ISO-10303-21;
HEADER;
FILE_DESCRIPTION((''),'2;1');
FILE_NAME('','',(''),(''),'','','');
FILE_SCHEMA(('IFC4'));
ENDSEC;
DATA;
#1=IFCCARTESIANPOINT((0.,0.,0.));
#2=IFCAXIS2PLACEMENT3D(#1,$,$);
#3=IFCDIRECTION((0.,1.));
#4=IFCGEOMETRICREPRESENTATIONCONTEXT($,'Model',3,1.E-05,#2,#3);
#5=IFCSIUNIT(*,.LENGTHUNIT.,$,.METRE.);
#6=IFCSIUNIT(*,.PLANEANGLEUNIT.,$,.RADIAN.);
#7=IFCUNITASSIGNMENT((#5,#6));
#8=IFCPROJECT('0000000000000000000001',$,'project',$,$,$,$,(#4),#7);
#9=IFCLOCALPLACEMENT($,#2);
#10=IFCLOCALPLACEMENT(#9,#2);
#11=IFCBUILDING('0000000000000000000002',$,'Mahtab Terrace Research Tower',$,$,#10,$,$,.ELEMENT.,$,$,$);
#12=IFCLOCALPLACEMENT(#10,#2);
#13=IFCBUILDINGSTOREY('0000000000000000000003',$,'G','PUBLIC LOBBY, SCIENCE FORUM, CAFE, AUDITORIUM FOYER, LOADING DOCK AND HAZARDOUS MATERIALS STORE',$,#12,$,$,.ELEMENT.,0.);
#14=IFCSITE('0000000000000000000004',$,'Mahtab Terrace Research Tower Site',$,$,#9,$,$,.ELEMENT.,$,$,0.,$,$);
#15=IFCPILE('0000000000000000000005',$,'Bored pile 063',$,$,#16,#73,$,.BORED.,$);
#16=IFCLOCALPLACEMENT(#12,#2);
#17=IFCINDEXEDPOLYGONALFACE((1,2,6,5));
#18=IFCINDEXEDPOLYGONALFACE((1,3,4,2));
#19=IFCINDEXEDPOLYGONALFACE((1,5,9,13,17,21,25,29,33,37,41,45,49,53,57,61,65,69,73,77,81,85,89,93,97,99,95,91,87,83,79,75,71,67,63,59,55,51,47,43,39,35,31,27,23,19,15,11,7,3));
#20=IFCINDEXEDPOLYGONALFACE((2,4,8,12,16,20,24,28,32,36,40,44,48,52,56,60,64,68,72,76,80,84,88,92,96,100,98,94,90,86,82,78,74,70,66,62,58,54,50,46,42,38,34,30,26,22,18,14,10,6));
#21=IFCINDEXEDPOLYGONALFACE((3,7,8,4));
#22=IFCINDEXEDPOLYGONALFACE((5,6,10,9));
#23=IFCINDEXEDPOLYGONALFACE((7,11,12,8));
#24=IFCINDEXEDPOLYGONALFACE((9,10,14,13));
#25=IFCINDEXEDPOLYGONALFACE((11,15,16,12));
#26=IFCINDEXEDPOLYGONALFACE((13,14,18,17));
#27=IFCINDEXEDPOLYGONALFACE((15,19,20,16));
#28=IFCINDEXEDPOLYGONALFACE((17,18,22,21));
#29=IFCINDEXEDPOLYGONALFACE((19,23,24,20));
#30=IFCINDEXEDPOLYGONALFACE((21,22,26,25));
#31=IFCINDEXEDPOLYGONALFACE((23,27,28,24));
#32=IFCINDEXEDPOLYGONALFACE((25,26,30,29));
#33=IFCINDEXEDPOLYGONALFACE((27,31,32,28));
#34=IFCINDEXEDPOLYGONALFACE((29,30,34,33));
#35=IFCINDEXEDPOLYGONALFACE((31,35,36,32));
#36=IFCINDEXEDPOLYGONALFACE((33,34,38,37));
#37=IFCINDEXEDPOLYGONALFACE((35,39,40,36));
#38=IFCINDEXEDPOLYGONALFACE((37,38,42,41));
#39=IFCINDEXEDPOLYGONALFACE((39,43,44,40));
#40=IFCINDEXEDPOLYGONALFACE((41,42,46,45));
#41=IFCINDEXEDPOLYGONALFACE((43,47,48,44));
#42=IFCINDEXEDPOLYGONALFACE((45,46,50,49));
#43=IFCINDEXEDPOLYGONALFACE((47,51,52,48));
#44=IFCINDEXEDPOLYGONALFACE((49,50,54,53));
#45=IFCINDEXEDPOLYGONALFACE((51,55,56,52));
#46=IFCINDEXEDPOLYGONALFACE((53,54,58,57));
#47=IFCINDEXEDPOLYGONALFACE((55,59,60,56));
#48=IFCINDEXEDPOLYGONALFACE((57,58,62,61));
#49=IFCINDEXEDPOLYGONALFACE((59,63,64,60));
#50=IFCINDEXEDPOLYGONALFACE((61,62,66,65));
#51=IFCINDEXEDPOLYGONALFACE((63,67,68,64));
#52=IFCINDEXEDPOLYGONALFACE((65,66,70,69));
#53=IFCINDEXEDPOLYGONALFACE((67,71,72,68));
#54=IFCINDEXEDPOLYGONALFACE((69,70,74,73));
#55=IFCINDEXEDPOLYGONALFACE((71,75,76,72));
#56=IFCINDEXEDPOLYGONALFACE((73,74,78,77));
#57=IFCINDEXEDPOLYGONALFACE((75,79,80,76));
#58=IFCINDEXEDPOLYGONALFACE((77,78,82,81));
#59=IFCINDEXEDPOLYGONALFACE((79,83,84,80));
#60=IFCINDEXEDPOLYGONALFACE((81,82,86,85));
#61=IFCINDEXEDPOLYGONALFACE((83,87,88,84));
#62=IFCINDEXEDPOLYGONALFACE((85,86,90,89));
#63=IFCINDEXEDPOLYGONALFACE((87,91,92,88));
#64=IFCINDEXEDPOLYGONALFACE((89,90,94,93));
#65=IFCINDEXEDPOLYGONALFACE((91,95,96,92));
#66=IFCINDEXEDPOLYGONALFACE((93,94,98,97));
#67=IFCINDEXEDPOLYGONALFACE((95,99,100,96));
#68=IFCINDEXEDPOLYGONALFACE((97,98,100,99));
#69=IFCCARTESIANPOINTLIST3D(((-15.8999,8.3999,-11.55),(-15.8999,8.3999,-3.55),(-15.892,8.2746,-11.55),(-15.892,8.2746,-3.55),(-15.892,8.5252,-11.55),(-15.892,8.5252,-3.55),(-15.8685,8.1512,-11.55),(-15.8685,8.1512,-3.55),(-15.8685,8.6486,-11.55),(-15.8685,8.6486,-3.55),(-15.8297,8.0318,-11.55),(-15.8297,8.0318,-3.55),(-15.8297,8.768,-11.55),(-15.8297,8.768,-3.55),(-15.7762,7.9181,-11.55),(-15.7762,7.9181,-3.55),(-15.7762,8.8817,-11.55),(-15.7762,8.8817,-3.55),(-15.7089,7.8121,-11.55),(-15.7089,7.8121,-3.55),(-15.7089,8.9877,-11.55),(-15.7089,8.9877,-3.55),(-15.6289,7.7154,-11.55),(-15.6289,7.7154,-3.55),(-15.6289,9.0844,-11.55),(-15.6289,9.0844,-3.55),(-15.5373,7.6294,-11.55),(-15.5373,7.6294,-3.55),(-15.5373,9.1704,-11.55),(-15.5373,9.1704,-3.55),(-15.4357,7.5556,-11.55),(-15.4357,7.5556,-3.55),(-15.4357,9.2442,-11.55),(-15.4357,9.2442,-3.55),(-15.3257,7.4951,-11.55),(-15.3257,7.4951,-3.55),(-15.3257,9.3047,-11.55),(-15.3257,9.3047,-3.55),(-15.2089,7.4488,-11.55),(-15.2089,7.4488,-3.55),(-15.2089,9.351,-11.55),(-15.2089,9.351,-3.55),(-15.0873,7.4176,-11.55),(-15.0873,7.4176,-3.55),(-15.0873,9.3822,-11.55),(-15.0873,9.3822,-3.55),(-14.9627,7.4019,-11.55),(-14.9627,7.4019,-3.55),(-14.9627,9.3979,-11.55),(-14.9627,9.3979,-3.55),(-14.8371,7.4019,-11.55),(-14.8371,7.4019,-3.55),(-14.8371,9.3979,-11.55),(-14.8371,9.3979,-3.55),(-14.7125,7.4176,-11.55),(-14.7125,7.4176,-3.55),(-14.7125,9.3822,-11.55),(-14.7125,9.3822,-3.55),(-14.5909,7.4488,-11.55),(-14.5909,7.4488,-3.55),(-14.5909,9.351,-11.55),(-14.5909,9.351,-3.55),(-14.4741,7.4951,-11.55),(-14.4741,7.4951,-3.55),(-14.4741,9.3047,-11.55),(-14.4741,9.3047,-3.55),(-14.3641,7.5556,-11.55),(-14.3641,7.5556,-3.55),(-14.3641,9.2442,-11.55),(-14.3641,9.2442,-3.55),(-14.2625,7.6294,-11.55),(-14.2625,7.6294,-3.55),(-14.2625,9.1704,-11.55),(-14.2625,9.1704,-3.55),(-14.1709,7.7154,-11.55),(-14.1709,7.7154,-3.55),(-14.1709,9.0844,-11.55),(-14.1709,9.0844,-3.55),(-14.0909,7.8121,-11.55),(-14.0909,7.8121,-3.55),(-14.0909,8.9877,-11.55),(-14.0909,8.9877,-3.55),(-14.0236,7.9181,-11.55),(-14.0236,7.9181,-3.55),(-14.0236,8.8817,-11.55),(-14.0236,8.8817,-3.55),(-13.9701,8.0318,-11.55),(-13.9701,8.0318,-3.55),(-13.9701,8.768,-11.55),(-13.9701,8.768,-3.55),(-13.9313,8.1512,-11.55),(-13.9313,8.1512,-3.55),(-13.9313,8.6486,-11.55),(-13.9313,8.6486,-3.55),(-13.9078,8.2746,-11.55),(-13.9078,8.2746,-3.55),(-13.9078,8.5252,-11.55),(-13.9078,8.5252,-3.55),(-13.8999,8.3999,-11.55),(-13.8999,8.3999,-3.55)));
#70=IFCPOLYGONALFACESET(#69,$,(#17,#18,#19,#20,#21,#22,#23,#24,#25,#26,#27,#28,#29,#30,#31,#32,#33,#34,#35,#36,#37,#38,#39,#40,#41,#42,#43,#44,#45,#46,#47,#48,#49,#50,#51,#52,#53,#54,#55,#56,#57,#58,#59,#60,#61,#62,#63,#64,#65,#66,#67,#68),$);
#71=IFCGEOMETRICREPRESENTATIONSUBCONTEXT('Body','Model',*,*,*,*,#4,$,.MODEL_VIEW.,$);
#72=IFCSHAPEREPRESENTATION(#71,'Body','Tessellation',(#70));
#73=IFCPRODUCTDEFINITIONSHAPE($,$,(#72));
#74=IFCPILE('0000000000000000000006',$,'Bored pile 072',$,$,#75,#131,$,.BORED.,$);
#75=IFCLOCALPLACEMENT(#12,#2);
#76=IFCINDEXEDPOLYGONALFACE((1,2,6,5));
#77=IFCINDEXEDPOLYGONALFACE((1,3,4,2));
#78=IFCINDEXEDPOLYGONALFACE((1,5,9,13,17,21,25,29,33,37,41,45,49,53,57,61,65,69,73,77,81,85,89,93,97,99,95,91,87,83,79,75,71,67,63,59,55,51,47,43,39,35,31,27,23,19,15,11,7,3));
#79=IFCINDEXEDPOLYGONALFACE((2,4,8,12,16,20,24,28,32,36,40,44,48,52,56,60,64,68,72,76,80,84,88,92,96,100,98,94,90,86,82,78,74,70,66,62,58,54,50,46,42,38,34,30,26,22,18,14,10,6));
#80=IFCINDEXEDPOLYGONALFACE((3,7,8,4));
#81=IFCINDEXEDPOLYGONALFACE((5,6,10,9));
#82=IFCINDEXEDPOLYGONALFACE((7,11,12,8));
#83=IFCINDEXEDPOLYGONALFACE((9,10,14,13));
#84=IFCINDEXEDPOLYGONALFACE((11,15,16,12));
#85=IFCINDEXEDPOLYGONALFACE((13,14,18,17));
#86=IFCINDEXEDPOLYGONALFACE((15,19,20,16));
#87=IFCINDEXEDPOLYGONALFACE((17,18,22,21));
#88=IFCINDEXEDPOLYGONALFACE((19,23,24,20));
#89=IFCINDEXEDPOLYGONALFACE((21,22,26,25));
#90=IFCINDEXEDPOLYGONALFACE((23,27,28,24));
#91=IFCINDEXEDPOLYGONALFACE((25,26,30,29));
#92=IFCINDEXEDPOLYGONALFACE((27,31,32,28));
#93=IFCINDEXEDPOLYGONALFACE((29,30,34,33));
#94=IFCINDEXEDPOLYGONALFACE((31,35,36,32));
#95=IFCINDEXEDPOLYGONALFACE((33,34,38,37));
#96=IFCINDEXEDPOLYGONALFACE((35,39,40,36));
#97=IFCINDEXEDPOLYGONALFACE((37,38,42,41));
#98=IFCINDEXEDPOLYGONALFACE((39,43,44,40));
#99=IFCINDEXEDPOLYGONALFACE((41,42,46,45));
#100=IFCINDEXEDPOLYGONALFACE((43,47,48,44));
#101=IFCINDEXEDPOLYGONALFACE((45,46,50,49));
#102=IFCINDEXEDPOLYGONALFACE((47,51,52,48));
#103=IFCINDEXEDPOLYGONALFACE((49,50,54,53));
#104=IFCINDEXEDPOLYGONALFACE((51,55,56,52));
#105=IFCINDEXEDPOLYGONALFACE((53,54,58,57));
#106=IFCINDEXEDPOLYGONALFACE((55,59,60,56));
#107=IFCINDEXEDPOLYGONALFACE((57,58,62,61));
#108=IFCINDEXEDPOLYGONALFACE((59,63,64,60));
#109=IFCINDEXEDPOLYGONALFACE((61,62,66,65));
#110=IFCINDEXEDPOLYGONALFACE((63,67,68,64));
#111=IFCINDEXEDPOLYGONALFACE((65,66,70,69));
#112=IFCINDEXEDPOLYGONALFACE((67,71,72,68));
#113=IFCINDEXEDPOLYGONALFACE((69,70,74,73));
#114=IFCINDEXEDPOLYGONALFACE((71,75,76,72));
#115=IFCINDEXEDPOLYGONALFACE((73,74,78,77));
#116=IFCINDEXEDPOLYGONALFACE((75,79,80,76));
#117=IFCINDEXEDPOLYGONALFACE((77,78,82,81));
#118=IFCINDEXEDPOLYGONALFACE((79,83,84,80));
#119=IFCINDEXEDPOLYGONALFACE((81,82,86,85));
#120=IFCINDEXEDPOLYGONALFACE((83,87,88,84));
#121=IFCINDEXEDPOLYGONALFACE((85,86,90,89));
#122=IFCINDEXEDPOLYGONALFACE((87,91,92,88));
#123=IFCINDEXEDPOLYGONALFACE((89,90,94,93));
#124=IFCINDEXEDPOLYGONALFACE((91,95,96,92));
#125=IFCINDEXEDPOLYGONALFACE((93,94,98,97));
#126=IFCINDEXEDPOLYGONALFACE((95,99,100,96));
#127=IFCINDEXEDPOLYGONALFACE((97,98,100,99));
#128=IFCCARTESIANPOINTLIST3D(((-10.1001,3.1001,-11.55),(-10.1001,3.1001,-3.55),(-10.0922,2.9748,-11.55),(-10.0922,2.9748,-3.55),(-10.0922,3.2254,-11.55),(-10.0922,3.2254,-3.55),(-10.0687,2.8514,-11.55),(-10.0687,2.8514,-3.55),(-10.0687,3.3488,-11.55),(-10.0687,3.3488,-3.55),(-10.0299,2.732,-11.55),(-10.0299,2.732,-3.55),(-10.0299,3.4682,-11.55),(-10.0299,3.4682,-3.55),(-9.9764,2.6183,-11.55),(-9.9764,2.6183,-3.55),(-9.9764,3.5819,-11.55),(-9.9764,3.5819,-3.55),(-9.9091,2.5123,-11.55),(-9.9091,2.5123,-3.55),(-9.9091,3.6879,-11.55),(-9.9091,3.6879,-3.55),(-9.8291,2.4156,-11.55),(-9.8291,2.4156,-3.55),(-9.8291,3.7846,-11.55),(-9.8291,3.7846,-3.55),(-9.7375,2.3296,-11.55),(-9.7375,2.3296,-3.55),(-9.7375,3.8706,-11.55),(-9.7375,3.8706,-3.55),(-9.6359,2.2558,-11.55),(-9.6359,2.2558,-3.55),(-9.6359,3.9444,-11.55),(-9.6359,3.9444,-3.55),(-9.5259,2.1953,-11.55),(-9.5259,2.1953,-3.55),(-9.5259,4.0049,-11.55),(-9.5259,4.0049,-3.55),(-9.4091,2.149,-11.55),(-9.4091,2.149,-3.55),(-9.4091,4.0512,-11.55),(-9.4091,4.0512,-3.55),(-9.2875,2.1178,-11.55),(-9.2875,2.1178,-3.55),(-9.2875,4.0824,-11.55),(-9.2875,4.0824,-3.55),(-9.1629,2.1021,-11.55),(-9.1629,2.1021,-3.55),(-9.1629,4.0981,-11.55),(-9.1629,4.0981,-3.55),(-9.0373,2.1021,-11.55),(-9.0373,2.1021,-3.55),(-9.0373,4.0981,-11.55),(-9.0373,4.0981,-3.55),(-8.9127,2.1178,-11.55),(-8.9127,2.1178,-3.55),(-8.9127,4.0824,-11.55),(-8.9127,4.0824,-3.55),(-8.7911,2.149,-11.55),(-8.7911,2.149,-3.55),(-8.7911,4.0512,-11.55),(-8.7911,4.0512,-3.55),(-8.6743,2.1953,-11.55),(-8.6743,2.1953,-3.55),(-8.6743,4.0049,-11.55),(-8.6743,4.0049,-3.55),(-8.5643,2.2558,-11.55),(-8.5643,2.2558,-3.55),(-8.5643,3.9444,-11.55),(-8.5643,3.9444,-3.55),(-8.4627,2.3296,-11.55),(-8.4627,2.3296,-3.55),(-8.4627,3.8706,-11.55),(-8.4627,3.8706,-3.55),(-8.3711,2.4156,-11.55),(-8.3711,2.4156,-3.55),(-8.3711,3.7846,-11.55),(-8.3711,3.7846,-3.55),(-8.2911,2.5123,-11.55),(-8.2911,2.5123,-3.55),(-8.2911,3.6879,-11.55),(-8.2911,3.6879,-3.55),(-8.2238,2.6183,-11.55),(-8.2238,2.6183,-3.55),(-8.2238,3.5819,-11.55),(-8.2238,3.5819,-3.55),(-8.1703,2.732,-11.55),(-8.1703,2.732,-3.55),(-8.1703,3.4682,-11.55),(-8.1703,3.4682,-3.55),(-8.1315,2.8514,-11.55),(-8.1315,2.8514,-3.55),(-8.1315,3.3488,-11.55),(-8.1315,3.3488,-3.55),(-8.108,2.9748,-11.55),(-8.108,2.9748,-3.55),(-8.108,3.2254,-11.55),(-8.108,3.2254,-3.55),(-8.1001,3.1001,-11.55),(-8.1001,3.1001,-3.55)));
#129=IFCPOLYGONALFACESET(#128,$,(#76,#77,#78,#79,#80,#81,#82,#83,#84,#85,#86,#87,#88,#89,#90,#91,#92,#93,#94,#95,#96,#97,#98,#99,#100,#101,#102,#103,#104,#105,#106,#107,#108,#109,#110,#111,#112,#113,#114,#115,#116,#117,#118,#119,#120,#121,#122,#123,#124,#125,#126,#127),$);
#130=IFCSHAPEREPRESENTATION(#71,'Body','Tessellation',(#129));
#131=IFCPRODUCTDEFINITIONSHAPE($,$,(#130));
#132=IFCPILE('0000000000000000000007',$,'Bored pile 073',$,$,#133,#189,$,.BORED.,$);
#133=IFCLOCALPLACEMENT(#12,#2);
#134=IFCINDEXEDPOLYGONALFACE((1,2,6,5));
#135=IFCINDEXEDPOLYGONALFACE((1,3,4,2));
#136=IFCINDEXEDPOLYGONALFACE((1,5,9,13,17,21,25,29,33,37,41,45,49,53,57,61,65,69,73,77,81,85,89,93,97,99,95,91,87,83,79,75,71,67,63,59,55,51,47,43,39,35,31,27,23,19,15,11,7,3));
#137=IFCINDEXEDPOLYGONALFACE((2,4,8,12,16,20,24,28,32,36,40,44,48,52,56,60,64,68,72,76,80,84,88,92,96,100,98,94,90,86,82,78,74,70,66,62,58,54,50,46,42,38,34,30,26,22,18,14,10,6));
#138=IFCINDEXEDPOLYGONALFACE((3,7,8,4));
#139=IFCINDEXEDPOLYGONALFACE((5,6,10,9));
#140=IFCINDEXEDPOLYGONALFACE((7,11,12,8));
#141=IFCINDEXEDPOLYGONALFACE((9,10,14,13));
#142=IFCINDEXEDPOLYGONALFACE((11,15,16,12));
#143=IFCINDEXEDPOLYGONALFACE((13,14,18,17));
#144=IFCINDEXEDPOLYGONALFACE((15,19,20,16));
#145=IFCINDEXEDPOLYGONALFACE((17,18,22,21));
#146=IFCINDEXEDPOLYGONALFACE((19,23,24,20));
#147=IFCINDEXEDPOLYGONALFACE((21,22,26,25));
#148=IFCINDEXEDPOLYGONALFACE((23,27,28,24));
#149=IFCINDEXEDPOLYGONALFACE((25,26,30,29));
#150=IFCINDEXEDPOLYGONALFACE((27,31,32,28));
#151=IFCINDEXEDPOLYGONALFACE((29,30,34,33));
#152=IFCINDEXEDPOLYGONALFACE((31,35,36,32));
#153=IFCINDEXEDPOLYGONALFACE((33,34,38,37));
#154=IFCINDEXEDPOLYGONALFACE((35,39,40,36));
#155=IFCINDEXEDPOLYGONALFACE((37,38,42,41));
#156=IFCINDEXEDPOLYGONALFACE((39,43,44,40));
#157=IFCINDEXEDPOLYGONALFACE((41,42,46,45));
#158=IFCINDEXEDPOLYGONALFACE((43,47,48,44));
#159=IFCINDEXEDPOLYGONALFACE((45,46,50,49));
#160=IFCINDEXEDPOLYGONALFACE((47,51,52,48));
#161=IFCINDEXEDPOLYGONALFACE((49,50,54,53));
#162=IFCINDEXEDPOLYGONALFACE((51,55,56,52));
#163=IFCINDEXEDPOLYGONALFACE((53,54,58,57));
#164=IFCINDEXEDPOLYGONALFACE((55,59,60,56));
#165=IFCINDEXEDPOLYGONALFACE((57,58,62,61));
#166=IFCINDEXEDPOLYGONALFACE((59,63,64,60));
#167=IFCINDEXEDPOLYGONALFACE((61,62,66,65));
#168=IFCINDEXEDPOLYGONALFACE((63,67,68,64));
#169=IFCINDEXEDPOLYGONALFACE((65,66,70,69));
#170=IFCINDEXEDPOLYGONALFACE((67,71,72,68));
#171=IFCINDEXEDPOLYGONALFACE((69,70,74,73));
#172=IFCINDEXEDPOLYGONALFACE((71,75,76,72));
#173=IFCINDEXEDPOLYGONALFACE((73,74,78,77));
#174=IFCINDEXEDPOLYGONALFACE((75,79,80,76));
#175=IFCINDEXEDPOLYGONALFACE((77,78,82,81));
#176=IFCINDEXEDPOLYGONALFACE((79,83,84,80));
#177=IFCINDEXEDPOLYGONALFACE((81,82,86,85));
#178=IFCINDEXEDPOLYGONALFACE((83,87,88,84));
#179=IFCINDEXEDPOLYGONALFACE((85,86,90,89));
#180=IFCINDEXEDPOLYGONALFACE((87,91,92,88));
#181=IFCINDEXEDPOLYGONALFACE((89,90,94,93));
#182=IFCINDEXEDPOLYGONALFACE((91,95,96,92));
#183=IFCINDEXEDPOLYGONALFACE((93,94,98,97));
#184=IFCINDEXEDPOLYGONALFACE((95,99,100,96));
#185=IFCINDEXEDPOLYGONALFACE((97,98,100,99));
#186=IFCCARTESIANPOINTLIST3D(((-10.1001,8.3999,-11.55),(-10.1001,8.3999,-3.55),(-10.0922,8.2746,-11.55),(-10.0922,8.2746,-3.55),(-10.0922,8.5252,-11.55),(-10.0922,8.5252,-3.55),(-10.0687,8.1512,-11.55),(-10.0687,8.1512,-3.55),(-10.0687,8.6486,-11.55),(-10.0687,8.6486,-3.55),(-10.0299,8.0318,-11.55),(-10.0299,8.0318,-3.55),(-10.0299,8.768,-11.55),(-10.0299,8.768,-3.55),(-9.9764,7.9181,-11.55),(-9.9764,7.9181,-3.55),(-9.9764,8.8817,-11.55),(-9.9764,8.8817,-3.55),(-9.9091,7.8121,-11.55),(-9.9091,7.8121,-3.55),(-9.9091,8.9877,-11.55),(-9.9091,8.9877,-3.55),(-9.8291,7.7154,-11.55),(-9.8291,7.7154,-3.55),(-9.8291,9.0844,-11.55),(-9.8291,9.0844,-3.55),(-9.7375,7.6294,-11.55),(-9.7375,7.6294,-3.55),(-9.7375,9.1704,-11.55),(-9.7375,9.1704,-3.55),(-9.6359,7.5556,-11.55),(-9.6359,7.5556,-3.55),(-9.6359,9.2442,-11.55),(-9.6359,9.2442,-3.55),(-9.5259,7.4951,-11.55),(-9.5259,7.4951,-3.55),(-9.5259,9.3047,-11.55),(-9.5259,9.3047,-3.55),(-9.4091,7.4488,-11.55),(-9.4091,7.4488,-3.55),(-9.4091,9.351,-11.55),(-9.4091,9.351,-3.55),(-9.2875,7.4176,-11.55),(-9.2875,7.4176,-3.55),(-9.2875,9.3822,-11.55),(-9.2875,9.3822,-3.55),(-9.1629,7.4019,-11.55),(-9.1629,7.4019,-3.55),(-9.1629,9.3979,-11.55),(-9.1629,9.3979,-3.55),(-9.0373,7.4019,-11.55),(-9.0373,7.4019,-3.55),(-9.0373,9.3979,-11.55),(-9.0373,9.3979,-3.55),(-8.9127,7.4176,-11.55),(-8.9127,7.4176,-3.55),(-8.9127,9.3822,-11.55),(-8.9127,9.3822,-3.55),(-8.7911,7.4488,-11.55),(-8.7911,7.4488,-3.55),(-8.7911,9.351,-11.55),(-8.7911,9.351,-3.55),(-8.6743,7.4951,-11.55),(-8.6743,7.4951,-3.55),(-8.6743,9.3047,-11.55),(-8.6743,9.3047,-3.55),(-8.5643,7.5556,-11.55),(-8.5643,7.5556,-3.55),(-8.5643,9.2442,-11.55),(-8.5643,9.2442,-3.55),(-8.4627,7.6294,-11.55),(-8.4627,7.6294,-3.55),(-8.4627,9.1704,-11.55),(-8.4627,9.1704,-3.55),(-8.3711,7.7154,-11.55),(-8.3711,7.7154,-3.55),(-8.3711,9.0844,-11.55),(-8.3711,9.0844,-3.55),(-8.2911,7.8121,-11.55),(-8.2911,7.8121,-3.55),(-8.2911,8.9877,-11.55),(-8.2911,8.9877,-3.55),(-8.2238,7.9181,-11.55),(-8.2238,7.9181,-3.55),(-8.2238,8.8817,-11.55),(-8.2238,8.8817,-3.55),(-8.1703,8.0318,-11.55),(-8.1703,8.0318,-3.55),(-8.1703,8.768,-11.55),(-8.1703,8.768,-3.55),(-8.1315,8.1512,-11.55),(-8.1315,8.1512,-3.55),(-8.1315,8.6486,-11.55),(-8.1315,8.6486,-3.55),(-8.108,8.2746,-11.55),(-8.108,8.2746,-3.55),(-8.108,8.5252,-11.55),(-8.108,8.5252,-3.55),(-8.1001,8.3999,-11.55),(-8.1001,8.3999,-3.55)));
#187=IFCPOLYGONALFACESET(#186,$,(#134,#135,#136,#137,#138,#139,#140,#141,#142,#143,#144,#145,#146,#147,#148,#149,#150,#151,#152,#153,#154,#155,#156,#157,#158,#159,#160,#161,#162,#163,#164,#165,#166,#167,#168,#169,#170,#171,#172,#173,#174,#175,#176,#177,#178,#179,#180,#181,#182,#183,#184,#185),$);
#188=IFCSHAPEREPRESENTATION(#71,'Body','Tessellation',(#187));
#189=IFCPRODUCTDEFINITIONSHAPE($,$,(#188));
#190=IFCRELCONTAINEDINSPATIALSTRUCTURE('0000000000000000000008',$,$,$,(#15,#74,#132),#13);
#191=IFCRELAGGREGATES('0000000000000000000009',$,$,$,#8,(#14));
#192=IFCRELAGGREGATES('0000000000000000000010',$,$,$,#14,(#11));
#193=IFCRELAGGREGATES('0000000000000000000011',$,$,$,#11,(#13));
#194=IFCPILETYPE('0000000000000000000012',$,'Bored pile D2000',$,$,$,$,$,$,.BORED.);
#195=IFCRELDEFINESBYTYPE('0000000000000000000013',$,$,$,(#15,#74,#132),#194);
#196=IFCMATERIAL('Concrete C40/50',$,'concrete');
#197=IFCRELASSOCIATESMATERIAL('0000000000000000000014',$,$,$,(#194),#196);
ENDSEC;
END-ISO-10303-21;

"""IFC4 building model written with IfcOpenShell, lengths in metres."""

from ifc_helpers import new_model, si_unit, direction, frame, origin, origin_2d, place, context, subcontext, project, spatial, circle, extrude, material, material_profile, profile_set, type_object, element, save


model = new_model("IFC4")

# Units and contexts
model_context = context("Model", 3, precision=1e-05, world=origin(), true_north=direction((0.0, 1.0)))
body_context = subcontext(model_context, "Body", "Model", "MODEL_VIEW")
ifc_project = project(units=[si_unit("LENGTHUNIT", "METRE"), si_unit("PLANEANGLEUNIT", "RADIAN")], contexts=[model_context])

# Site, building, storey
site_placement = place(None, origin())
site = spatial("IfcSite", under=ifc_project, at=site_placement, Name="Mahtab Terrace Research Tower Site", CompositionType="ELEMENT", RefElevation=0.0)
building_placement = place(site_placement, origin())
building = spatial("IfcBuilding", under=site, at=building_placement, Name="Mahtab Terrace Research Tower", CompositionType="ELEMENT")
storey_placement = place(building_placement, origin())
storey = spatial("IfcBuildingStorey", under=building, at=storey_placement, Name="G", Description="PUBLIC LOBBY, SCIENCE FORUM, CAFE, AUDITORIUM FOYER, LOADING DOCK AND HAZARDOUS MATERIALS STORE", CompositionType="ELEMENT", Elevation=0.0)

# Piles
ifc_material_1 = material(Name="Concrete C40/50", Category="concrete")
ifc_material_profile_1 = material_profile(ifc_material_1, circle(Radius=1.0, at=origin_2d()), Name="Bored pile D2000")
ifc_profile_set_1 = profile_set([ifc_material_profile_1], Name="Concrete C40/50")
pile_type = type_object("IfcPileType", Name="Bored pile D2000", PredefinedType="BORED", material=ifc_profile_set_1)
for number, where, z_axis, x_axis, name in (
    (1, (-14.8999, 8.3999, -3.55), (0.0, 0.0, -1.0), (1.0, 0.0, 0.0), "Bored pile 063"),
    (2, (-9.1001, 3.1001, -3.55), (0.0, 0.0, -1.0), (1.0, 0.0, 0.0), "Bored pile 072"),
    (3, (-9.1001, 8.3999, -3.55), (0.0, 0.0, -1.0), (1.0, 0.0, 0.0), "Bored pile 073"),
):
    element("IfcPile", number, at=place(storey_placement, frame(where, z_axis=z_axis, x_axis=x_axis)), inside=storey, type_object=pile_type, Name=name, PredefinedType="BORED", context=body_context, shape_type="SweptSolid", body=[
        extrude(circle(Radius=1.0, at=origin_2d()), origin(), (0.0, 0.0, 1.0), 8.0),
    ])

save(model, "model.ifc")
